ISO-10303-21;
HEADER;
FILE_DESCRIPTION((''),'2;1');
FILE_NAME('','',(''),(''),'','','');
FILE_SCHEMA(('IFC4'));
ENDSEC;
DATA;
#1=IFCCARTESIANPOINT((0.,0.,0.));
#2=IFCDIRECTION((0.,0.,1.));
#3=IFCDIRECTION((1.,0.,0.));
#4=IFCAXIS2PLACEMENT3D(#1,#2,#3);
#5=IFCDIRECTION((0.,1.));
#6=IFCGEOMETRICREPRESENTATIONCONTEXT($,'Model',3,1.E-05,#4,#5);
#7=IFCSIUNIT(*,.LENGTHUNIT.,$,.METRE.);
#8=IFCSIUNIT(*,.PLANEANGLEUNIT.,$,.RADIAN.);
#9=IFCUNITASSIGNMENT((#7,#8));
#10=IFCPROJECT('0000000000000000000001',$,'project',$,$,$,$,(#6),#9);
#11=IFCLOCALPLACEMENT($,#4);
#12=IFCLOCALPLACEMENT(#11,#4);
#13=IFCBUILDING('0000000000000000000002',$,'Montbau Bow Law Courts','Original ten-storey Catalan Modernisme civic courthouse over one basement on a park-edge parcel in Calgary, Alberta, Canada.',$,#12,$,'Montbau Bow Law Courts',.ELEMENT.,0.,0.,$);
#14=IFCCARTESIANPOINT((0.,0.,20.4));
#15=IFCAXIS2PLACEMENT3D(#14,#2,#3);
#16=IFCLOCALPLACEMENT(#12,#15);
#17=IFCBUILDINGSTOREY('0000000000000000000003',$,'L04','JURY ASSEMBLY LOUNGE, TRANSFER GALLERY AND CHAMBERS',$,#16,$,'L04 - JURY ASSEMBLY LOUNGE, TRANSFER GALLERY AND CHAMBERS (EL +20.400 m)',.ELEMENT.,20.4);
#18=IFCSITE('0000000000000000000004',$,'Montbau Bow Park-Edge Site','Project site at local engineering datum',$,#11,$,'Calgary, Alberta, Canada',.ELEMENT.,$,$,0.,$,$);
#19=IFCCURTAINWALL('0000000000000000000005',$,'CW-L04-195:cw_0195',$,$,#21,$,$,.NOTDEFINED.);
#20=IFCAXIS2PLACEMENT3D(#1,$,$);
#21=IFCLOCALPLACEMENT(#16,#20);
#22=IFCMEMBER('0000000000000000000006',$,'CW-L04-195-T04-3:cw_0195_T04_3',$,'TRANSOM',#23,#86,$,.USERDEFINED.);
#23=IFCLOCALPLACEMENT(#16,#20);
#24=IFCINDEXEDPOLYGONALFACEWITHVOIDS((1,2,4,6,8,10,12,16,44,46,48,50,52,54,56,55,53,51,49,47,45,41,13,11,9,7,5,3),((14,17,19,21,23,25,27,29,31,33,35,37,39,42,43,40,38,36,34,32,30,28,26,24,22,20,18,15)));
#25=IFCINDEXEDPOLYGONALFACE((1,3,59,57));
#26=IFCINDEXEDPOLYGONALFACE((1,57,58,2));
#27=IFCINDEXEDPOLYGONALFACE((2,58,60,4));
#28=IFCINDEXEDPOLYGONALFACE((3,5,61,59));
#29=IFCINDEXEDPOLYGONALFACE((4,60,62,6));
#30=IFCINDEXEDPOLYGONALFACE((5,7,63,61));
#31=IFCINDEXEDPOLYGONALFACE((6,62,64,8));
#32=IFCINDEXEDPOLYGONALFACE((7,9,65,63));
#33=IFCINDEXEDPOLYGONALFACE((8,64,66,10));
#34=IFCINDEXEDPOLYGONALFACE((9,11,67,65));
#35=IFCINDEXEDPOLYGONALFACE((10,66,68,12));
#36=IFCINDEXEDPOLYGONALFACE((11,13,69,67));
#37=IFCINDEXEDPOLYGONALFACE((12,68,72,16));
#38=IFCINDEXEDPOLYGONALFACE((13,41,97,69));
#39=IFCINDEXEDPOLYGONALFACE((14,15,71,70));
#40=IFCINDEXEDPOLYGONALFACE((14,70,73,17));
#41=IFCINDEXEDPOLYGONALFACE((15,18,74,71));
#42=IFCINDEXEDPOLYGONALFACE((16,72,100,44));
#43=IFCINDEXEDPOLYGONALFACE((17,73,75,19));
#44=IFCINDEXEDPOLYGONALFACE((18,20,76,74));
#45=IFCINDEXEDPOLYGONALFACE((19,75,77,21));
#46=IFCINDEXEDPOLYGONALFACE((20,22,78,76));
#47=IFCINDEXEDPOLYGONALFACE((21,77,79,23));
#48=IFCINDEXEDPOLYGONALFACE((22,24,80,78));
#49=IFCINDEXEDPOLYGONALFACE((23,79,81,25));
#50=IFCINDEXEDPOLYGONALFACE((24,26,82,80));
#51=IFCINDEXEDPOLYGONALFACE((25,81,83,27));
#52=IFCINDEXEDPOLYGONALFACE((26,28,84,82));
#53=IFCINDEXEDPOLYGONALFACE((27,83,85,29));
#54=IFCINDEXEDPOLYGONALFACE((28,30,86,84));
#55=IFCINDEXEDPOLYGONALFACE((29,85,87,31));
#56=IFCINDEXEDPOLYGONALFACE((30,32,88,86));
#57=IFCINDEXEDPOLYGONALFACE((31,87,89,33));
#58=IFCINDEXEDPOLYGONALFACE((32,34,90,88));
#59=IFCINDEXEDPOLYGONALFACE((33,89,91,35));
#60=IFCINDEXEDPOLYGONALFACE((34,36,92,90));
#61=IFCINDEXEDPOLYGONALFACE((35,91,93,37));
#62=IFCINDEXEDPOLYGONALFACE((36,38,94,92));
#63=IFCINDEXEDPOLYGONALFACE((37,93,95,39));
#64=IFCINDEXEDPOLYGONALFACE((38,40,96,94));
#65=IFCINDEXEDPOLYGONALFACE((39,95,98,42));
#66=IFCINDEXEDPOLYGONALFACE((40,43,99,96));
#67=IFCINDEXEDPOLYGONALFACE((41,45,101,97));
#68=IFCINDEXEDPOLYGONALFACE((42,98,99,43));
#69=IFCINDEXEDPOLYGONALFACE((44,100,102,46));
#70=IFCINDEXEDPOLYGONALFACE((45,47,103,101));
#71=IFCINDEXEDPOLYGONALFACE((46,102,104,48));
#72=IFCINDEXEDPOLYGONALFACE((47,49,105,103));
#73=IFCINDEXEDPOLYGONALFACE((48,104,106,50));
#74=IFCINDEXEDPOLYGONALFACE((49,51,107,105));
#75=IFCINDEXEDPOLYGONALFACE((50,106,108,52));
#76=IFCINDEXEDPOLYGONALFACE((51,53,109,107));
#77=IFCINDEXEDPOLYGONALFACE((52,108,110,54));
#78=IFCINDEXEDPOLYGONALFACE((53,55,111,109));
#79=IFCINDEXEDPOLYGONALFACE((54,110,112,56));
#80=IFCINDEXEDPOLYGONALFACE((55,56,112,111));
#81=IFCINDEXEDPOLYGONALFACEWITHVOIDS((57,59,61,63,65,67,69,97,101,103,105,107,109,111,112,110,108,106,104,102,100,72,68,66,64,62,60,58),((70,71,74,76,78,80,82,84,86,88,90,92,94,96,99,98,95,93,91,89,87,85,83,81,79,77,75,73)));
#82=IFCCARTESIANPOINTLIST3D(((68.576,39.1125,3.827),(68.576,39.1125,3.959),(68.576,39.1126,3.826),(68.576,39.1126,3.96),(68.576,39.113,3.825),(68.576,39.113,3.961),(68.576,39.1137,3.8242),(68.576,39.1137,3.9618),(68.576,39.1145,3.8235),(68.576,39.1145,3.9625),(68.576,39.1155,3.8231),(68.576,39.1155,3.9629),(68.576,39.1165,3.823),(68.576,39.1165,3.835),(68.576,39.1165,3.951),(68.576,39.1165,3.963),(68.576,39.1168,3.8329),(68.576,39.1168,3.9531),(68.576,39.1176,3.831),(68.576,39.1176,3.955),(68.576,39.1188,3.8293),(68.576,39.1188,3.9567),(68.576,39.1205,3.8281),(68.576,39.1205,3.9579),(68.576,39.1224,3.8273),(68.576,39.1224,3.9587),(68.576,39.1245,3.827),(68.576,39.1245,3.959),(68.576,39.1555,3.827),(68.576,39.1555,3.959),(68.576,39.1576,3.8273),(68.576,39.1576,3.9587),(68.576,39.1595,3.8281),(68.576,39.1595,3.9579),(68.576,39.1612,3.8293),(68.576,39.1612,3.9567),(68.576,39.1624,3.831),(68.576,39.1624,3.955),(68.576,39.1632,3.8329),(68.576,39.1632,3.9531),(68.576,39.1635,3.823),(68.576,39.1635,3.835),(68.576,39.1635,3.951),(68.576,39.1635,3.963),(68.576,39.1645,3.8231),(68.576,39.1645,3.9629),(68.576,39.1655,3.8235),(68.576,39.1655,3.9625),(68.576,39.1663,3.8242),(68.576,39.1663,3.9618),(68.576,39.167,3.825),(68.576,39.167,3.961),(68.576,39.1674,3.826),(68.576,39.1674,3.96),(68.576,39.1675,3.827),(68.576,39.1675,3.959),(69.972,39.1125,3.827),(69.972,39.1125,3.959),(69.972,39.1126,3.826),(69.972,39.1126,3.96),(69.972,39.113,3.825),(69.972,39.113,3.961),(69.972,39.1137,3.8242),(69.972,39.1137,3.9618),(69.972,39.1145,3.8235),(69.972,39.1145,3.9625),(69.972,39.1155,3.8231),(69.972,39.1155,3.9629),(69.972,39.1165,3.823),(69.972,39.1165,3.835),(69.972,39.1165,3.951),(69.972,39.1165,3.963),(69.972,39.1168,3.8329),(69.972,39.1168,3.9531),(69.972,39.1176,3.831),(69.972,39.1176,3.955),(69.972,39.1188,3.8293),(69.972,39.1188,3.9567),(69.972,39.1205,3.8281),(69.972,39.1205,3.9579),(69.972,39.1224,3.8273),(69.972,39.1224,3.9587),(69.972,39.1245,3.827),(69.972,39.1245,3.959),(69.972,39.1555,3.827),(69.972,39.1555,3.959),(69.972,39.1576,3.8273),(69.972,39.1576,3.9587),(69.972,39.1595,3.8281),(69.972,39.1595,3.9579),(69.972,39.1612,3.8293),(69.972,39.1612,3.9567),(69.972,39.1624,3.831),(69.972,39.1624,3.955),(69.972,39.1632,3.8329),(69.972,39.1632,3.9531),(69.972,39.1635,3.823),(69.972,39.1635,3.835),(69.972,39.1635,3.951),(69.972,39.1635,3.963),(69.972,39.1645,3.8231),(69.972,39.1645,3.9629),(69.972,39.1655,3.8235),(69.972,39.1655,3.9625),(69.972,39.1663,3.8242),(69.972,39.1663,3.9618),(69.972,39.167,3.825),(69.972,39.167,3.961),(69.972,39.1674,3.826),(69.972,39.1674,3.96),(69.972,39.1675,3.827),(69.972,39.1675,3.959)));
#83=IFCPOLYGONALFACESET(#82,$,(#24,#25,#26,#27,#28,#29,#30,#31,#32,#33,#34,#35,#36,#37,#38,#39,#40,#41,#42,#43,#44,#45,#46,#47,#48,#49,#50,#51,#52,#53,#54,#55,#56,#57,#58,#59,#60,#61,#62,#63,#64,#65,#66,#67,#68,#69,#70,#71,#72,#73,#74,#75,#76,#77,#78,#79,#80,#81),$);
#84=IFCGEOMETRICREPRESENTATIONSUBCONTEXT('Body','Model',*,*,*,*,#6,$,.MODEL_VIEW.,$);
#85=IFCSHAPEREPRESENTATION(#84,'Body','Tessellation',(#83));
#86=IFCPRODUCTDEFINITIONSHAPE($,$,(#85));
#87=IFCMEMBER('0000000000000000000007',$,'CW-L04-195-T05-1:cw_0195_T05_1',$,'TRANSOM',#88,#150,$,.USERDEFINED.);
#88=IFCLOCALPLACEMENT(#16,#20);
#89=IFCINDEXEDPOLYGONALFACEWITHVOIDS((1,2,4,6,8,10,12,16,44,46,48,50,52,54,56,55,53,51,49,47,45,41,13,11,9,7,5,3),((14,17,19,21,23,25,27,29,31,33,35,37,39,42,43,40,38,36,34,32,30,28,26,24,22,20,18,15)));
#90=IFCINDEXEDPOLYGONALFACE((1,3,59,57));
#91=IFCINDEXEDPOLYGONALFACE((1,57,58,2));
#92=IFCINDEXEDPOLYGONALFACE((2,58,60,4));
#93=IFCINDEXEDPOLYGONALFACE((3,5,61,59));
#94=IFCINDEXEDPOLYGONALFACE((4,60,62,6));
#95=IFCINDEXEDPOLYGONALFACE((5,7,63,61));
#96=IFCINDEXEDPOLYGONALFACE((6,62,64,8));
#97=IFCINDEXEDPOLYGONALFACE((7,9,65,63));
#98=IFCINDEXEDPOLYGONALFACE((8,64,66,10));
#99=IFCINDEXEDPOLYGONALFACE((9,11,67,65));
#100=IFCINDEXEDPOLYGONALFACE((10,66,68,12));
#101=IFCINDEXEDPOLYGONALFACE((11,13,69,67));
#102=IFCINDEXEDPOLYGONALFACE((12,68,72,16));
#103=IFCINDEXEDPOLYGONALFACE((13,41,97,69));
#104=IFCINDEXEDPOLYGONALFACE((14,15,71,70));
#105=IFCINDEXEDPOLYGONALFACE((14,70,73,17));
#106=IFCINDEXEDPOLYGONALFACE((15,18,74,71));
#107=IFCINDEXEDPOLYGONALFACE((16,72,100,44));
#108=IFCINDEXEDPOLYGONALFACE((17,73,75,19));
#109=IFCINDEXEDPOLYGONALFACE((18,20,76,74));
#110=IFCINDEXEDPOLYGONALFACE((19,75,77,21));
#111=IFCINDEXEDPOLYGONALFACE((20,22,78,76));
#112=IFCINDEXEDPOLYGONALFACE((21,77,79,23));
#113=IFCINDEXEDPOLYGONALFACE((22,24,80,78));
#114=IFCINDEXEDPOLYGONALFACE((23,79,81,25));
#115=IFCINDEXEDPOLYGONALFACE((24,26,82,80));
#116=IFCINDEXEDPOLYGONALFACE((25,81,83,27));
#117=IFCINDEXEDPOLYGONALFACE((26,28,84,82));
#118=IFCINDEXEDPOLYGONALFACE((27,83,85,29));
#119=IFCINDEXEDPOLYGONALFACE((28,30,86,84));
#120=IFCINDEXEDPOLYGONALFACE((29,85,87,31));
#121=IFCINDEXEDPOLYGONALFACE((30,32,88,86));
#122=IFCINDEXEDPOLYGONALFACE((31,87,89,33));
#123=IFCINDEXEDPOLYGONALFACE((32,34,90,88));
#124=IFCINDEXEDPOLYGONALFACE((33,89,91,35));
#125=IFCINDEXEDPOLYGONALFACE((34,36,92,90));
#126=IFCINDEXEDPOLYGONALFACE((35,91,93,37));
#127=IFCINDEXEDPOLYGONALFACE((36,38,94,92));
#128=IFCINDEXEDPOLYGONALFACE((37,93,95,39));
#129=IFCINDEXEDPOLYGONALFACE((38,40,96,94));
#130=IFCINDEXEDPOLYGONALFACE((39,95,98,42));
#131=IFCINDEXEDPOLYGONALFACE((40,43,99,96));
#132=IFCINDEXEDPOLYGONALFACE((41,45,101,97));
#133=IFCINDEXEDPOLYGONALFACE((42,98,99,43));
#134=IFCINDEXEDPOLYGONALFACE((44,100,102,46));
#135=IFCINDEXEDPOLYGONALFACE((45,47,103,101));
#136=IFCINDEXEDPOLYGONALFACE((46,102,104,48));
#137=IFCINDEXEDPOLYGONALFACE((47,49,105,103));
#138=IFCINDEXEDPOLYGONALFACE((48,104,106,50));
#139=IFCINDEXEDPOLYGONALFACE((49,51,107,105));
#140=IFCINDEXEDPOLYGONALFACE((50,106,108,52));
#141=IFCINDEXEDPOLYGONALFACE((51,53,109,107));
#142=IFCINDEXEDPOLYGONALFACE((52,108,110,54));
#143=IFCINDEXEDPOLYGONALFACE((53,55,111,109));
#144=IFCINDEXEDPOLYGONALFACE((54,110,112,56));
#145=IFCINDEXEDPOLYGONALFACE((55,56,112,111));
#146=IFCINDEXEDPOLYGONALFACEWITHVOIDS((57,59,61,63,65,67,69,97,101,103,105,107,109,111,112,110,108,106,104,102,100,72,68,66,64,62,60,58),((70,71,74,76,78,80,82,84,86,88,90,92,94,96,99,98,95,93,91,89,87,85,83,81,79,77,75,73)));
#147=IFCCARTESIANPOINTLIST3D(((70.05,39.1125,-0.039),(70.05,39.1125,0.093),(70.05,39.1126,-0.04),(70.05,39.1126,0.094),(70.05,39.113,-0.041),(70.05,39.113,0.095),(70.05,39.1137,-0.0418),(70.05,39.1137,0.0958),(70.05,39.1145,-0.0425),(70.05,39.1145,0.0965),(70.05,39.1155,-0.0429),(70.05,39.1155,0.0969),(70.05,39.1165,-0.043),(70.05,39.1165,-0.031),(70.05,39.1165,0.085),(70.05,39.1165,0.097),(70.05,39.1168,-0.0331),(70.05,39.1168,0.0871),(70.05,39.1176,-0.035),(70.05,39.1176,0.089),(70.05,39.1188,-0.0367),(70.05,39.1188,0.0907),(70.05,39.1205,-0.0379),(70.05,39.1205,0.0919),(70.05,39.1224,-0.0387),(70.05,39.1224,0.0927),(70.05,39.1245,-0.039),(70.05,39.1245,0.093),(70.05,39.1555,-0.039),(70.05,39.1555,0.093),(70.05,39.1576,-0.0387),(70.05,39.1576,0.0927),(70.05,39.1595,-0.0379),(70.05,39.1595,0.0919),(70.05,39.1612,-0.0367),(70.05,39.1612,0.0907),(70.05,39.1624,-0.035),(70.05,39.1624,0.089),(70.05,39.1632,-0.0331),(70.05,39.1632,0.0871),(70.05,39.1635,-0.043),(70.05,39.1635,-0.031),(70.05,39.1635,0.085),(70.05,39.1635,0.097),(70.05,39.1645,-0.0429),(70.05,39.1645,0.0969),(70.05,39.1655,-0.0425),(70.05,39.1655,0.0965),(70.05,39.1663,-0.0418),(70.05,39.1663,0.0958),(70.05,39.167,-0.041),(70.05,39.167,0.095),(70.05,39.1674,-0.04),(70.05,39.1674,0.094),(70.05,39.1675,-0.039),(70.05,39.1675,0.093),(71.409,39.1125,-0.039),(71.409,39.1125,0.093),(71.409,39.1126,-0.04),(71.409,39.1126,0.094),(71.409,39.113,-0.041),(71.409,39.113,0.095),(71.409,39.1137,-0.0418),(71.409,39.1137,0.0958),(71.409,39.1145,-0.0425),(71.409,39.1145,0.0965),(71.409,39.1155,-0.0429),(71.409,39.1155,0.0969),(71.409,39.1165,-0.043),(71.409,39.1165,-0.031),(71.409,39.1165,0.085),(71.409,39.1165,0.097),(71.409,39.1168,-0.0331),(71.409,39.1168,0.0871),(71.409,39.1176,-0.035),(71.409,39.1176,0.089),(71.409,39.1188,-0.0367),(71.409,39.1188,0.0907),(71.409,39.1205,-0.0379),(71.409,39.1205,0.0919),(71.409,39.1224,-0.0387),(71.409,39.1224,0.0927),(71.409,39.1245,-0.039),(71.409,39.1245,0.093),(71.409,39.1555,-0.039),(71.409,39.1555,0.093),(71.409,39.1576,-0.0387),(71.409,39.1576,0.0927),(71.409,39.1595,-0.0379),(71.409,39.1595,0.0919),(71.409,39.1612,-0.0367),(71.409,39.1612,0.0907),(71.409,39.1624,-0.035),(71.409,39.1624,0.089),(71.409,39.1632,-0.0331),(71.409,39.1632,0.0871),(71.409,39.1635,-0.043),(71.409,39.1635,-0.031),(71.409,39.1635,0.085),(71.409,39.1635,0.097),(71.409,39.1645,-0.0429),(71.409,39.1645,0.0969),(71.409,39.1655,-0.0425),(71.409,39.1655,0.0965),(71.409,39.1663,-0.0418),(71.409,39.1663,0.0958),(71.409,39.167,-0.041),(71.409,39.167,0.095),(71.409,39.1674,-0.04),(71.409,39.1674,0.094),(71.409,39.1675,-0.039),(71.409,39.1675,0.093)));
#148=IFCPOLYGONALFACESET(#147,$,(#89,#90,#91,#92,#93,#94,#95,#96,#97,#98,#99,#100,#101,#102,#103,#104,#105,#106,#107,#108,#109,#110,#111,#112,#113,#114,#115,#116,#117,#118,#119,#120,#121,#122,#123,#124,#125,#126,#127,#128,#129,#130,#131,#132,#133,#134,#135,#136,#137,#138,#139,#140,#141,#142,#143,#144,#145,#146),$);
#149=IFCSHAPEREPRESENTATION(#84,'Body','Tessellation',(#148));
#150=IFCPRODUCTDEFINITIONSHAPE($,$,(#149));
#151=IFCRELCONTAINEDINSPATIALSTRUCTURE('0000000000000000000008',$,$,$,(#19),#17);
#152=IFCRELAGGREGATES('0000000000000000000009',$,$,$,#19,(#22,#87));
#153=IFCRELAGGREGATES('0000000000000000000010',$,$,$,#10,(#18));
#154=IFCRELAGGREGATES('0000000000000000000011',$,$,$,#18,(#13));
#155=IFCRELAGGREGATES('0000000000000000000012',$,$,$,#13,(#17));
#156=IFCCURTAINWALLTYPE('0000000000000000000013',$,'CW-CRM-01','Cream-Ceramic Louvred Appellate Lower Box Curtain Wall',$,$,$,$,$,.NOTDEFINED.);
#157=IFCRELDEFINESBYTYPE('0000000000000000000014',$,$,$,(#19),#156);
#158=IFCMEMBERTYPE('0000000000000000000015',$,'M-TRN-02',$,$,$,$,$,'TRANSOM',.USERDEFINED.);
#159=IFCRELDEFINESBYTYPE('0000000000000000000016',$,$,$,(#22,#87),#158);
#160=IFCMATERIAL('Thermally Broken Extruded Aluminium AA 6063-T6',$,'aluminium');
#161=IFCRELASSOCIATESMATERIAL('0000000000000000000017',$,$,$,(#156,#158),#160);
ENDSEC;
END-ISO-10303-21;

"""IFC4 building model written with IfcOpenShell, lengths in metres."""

from ifc_helpers import new_model, si_unit, direction, frame, origin_with_axes, origin_2d_with_axis, place, context, subcontext, project, spatial, hollow_rectangle, extrude, material, material_profile, profile_set, type_object, element, aggregate, save


model = new_model("IFC4")

# Units and contexts
model_context = context("Model", 3, precision=1e-05, world=origin_with_axes(), true_north=direction((0.0, 1.0)))
body_context = subcontext(model_context, "Body", "Model", "MODEL_VIEW")
ifc_project = project(units=[si_unit("LENGTHUNIT", "METRE"), si_unit("PLANEANGLEUNIT", "RADIAN")], contexts=[model_context])

# Site, building, storey
site_placement = place(None, origin_with_axes())
site = spatial("IfcSite", under=ifc_project, at=site_placement, Name="Montbau Bow Park-Edge Site", Description="Project site at local engineering datum", LongName="Calgary, Alberta, Canada", CompositionType="ELEMENT", RefElevation=0.0)
building_placement = place(site_placement, origin_with_axes())
building = spatial("IfcBuilding", under=site, at=building_placement, Name="Montbau Bow Law Courts", Description="Original ten-storey Catalan Modernisme civic courthouse over one basement on a park-edge parcel in Calgary, Alberta, Canada.", LongName="Montbau Bow Law Courts", CompositionType="ELEMENT", ElevationOfRefHeight=0.0, ElevationOfTerrain=0.0)
storey_placement = place(building_placement, frame((0.0, 0.0, 20.4), z_axis=(0.0, 0.0, 1.0), x_axis=(1.0, 0.0, 0.0)))
storey = spatial("IfcBuildingStorey", under=building, at=storey_placement, Name="L04", Description="JURY ASSEMBLY LOUNGE, TRANSFER GALLERY AND CHAMBERS", LongName="L04 - JURY ASSEMBLY LOUNGE, TRANSFER GALLERY AND CHAMBERS (EL +20.400 m)", CompositionType="ELEMENT", Elevation=20.4)

# Curtain wall, members
ifc_material_1 = material(Name="Thermally Broken Extruded Aluminium AA 6063-T6", Category="aluminium")
curtain_wall_type = type_object("IfcCurtainWallType", Name="CW-CRM-01", Description="Cream-Ceramic Louvred Appellate Lower Box Curtain Wall", PredefinedType="NOTDEFINED", material=ifc_material_1)
curtain_wall_placement = place(None, frame((64.115, 39.14, 20.4), z_axis=(0.0, 0.0, 1.0), x_axis=(1.0, 0.0, 0.0)))
curtain_wall = element("IfcCurtainWall", 1, at=curtain_wall_placement, inside=storey, type_object=curtain_wall_type, Name="CW-L04-195:cw_0195", PredefinedType="NOTDEFINED")
ifc_material_profile_1 = material_profile(ifc_material_1, hollow_rectangle(XDim=0.055, YDim=0.14, WallThickness=0.004, InnerFilletRadius=0.008, OuterFilletRadius=0.004, at=origin_2d_with_axis()), Name="CWT-140X55", Category="Main", Priority=0)
ifc_profile_set_1 = profile_set([ifc_material_profile_1], Name="Thermally Broken Extruded Aluminium AA 6063-T6")
member_type_1 = type_object("IfcMemberType", Name="M-TRN-02", ElementType="TRANSOM", PredefinedType="USERDEFINED", material=ifc_profile_set_1)
member_1_placement = place(None, frame((68.576, 39.14, 24.293), z_axis=(1.0, 0.0, 0.0), x_axis=(0.0, 1.0, 0.0)))
member_1 = element("IfcMember", 2, at=member_1_placement, type_object=member_type_1, Name="CW-L04-195-T04-3:cw_0195_T04_3", ObjectType="TRANSOM", PredefinedType="USERDEFINED", context=body_context, shape_type="SweptSolid", body=[
    extrude(hollow_rectangle(XDim=0.055, YDim=0.14, WallThickness=0.004, InnerFilletRadius=0.008, OuterFilletRadius=0.004, at=origin_2d_with_axis()), origin_with_axes(), (0.0, 0.0, 1.0), 1.396),
])
member_2_placement = place(None, frame((70.05, 39.14, 20.427), z_axis=(1.0, 0.0, 0.0), x_axis=(0.0, 1.0, 0.0)))
member_2 = element("IfcMember", 3, at=member_2_placement, type_object=member_type_1, Name="CW-L04-195-T05-1:cw_0195_T05_1", ObjectType="TRANSOM", PredefinedType="USERDEFINED", context=body_context, shape_type="SweptSolid", body=[
    extrude(hollow_rectangle(XDim=0.055, YDim=0.14, WallThickness=0.004, InnerFilletRadius=0.008, OuterFilletRadius=0.004, at=origin_2d_with_axis()), origin_with_axes(), (0.0, 0.0, 1.0), 1.359),
])
aggregate(curtain_wall, [member_1, member_2])

save(model, "model.ifc")
